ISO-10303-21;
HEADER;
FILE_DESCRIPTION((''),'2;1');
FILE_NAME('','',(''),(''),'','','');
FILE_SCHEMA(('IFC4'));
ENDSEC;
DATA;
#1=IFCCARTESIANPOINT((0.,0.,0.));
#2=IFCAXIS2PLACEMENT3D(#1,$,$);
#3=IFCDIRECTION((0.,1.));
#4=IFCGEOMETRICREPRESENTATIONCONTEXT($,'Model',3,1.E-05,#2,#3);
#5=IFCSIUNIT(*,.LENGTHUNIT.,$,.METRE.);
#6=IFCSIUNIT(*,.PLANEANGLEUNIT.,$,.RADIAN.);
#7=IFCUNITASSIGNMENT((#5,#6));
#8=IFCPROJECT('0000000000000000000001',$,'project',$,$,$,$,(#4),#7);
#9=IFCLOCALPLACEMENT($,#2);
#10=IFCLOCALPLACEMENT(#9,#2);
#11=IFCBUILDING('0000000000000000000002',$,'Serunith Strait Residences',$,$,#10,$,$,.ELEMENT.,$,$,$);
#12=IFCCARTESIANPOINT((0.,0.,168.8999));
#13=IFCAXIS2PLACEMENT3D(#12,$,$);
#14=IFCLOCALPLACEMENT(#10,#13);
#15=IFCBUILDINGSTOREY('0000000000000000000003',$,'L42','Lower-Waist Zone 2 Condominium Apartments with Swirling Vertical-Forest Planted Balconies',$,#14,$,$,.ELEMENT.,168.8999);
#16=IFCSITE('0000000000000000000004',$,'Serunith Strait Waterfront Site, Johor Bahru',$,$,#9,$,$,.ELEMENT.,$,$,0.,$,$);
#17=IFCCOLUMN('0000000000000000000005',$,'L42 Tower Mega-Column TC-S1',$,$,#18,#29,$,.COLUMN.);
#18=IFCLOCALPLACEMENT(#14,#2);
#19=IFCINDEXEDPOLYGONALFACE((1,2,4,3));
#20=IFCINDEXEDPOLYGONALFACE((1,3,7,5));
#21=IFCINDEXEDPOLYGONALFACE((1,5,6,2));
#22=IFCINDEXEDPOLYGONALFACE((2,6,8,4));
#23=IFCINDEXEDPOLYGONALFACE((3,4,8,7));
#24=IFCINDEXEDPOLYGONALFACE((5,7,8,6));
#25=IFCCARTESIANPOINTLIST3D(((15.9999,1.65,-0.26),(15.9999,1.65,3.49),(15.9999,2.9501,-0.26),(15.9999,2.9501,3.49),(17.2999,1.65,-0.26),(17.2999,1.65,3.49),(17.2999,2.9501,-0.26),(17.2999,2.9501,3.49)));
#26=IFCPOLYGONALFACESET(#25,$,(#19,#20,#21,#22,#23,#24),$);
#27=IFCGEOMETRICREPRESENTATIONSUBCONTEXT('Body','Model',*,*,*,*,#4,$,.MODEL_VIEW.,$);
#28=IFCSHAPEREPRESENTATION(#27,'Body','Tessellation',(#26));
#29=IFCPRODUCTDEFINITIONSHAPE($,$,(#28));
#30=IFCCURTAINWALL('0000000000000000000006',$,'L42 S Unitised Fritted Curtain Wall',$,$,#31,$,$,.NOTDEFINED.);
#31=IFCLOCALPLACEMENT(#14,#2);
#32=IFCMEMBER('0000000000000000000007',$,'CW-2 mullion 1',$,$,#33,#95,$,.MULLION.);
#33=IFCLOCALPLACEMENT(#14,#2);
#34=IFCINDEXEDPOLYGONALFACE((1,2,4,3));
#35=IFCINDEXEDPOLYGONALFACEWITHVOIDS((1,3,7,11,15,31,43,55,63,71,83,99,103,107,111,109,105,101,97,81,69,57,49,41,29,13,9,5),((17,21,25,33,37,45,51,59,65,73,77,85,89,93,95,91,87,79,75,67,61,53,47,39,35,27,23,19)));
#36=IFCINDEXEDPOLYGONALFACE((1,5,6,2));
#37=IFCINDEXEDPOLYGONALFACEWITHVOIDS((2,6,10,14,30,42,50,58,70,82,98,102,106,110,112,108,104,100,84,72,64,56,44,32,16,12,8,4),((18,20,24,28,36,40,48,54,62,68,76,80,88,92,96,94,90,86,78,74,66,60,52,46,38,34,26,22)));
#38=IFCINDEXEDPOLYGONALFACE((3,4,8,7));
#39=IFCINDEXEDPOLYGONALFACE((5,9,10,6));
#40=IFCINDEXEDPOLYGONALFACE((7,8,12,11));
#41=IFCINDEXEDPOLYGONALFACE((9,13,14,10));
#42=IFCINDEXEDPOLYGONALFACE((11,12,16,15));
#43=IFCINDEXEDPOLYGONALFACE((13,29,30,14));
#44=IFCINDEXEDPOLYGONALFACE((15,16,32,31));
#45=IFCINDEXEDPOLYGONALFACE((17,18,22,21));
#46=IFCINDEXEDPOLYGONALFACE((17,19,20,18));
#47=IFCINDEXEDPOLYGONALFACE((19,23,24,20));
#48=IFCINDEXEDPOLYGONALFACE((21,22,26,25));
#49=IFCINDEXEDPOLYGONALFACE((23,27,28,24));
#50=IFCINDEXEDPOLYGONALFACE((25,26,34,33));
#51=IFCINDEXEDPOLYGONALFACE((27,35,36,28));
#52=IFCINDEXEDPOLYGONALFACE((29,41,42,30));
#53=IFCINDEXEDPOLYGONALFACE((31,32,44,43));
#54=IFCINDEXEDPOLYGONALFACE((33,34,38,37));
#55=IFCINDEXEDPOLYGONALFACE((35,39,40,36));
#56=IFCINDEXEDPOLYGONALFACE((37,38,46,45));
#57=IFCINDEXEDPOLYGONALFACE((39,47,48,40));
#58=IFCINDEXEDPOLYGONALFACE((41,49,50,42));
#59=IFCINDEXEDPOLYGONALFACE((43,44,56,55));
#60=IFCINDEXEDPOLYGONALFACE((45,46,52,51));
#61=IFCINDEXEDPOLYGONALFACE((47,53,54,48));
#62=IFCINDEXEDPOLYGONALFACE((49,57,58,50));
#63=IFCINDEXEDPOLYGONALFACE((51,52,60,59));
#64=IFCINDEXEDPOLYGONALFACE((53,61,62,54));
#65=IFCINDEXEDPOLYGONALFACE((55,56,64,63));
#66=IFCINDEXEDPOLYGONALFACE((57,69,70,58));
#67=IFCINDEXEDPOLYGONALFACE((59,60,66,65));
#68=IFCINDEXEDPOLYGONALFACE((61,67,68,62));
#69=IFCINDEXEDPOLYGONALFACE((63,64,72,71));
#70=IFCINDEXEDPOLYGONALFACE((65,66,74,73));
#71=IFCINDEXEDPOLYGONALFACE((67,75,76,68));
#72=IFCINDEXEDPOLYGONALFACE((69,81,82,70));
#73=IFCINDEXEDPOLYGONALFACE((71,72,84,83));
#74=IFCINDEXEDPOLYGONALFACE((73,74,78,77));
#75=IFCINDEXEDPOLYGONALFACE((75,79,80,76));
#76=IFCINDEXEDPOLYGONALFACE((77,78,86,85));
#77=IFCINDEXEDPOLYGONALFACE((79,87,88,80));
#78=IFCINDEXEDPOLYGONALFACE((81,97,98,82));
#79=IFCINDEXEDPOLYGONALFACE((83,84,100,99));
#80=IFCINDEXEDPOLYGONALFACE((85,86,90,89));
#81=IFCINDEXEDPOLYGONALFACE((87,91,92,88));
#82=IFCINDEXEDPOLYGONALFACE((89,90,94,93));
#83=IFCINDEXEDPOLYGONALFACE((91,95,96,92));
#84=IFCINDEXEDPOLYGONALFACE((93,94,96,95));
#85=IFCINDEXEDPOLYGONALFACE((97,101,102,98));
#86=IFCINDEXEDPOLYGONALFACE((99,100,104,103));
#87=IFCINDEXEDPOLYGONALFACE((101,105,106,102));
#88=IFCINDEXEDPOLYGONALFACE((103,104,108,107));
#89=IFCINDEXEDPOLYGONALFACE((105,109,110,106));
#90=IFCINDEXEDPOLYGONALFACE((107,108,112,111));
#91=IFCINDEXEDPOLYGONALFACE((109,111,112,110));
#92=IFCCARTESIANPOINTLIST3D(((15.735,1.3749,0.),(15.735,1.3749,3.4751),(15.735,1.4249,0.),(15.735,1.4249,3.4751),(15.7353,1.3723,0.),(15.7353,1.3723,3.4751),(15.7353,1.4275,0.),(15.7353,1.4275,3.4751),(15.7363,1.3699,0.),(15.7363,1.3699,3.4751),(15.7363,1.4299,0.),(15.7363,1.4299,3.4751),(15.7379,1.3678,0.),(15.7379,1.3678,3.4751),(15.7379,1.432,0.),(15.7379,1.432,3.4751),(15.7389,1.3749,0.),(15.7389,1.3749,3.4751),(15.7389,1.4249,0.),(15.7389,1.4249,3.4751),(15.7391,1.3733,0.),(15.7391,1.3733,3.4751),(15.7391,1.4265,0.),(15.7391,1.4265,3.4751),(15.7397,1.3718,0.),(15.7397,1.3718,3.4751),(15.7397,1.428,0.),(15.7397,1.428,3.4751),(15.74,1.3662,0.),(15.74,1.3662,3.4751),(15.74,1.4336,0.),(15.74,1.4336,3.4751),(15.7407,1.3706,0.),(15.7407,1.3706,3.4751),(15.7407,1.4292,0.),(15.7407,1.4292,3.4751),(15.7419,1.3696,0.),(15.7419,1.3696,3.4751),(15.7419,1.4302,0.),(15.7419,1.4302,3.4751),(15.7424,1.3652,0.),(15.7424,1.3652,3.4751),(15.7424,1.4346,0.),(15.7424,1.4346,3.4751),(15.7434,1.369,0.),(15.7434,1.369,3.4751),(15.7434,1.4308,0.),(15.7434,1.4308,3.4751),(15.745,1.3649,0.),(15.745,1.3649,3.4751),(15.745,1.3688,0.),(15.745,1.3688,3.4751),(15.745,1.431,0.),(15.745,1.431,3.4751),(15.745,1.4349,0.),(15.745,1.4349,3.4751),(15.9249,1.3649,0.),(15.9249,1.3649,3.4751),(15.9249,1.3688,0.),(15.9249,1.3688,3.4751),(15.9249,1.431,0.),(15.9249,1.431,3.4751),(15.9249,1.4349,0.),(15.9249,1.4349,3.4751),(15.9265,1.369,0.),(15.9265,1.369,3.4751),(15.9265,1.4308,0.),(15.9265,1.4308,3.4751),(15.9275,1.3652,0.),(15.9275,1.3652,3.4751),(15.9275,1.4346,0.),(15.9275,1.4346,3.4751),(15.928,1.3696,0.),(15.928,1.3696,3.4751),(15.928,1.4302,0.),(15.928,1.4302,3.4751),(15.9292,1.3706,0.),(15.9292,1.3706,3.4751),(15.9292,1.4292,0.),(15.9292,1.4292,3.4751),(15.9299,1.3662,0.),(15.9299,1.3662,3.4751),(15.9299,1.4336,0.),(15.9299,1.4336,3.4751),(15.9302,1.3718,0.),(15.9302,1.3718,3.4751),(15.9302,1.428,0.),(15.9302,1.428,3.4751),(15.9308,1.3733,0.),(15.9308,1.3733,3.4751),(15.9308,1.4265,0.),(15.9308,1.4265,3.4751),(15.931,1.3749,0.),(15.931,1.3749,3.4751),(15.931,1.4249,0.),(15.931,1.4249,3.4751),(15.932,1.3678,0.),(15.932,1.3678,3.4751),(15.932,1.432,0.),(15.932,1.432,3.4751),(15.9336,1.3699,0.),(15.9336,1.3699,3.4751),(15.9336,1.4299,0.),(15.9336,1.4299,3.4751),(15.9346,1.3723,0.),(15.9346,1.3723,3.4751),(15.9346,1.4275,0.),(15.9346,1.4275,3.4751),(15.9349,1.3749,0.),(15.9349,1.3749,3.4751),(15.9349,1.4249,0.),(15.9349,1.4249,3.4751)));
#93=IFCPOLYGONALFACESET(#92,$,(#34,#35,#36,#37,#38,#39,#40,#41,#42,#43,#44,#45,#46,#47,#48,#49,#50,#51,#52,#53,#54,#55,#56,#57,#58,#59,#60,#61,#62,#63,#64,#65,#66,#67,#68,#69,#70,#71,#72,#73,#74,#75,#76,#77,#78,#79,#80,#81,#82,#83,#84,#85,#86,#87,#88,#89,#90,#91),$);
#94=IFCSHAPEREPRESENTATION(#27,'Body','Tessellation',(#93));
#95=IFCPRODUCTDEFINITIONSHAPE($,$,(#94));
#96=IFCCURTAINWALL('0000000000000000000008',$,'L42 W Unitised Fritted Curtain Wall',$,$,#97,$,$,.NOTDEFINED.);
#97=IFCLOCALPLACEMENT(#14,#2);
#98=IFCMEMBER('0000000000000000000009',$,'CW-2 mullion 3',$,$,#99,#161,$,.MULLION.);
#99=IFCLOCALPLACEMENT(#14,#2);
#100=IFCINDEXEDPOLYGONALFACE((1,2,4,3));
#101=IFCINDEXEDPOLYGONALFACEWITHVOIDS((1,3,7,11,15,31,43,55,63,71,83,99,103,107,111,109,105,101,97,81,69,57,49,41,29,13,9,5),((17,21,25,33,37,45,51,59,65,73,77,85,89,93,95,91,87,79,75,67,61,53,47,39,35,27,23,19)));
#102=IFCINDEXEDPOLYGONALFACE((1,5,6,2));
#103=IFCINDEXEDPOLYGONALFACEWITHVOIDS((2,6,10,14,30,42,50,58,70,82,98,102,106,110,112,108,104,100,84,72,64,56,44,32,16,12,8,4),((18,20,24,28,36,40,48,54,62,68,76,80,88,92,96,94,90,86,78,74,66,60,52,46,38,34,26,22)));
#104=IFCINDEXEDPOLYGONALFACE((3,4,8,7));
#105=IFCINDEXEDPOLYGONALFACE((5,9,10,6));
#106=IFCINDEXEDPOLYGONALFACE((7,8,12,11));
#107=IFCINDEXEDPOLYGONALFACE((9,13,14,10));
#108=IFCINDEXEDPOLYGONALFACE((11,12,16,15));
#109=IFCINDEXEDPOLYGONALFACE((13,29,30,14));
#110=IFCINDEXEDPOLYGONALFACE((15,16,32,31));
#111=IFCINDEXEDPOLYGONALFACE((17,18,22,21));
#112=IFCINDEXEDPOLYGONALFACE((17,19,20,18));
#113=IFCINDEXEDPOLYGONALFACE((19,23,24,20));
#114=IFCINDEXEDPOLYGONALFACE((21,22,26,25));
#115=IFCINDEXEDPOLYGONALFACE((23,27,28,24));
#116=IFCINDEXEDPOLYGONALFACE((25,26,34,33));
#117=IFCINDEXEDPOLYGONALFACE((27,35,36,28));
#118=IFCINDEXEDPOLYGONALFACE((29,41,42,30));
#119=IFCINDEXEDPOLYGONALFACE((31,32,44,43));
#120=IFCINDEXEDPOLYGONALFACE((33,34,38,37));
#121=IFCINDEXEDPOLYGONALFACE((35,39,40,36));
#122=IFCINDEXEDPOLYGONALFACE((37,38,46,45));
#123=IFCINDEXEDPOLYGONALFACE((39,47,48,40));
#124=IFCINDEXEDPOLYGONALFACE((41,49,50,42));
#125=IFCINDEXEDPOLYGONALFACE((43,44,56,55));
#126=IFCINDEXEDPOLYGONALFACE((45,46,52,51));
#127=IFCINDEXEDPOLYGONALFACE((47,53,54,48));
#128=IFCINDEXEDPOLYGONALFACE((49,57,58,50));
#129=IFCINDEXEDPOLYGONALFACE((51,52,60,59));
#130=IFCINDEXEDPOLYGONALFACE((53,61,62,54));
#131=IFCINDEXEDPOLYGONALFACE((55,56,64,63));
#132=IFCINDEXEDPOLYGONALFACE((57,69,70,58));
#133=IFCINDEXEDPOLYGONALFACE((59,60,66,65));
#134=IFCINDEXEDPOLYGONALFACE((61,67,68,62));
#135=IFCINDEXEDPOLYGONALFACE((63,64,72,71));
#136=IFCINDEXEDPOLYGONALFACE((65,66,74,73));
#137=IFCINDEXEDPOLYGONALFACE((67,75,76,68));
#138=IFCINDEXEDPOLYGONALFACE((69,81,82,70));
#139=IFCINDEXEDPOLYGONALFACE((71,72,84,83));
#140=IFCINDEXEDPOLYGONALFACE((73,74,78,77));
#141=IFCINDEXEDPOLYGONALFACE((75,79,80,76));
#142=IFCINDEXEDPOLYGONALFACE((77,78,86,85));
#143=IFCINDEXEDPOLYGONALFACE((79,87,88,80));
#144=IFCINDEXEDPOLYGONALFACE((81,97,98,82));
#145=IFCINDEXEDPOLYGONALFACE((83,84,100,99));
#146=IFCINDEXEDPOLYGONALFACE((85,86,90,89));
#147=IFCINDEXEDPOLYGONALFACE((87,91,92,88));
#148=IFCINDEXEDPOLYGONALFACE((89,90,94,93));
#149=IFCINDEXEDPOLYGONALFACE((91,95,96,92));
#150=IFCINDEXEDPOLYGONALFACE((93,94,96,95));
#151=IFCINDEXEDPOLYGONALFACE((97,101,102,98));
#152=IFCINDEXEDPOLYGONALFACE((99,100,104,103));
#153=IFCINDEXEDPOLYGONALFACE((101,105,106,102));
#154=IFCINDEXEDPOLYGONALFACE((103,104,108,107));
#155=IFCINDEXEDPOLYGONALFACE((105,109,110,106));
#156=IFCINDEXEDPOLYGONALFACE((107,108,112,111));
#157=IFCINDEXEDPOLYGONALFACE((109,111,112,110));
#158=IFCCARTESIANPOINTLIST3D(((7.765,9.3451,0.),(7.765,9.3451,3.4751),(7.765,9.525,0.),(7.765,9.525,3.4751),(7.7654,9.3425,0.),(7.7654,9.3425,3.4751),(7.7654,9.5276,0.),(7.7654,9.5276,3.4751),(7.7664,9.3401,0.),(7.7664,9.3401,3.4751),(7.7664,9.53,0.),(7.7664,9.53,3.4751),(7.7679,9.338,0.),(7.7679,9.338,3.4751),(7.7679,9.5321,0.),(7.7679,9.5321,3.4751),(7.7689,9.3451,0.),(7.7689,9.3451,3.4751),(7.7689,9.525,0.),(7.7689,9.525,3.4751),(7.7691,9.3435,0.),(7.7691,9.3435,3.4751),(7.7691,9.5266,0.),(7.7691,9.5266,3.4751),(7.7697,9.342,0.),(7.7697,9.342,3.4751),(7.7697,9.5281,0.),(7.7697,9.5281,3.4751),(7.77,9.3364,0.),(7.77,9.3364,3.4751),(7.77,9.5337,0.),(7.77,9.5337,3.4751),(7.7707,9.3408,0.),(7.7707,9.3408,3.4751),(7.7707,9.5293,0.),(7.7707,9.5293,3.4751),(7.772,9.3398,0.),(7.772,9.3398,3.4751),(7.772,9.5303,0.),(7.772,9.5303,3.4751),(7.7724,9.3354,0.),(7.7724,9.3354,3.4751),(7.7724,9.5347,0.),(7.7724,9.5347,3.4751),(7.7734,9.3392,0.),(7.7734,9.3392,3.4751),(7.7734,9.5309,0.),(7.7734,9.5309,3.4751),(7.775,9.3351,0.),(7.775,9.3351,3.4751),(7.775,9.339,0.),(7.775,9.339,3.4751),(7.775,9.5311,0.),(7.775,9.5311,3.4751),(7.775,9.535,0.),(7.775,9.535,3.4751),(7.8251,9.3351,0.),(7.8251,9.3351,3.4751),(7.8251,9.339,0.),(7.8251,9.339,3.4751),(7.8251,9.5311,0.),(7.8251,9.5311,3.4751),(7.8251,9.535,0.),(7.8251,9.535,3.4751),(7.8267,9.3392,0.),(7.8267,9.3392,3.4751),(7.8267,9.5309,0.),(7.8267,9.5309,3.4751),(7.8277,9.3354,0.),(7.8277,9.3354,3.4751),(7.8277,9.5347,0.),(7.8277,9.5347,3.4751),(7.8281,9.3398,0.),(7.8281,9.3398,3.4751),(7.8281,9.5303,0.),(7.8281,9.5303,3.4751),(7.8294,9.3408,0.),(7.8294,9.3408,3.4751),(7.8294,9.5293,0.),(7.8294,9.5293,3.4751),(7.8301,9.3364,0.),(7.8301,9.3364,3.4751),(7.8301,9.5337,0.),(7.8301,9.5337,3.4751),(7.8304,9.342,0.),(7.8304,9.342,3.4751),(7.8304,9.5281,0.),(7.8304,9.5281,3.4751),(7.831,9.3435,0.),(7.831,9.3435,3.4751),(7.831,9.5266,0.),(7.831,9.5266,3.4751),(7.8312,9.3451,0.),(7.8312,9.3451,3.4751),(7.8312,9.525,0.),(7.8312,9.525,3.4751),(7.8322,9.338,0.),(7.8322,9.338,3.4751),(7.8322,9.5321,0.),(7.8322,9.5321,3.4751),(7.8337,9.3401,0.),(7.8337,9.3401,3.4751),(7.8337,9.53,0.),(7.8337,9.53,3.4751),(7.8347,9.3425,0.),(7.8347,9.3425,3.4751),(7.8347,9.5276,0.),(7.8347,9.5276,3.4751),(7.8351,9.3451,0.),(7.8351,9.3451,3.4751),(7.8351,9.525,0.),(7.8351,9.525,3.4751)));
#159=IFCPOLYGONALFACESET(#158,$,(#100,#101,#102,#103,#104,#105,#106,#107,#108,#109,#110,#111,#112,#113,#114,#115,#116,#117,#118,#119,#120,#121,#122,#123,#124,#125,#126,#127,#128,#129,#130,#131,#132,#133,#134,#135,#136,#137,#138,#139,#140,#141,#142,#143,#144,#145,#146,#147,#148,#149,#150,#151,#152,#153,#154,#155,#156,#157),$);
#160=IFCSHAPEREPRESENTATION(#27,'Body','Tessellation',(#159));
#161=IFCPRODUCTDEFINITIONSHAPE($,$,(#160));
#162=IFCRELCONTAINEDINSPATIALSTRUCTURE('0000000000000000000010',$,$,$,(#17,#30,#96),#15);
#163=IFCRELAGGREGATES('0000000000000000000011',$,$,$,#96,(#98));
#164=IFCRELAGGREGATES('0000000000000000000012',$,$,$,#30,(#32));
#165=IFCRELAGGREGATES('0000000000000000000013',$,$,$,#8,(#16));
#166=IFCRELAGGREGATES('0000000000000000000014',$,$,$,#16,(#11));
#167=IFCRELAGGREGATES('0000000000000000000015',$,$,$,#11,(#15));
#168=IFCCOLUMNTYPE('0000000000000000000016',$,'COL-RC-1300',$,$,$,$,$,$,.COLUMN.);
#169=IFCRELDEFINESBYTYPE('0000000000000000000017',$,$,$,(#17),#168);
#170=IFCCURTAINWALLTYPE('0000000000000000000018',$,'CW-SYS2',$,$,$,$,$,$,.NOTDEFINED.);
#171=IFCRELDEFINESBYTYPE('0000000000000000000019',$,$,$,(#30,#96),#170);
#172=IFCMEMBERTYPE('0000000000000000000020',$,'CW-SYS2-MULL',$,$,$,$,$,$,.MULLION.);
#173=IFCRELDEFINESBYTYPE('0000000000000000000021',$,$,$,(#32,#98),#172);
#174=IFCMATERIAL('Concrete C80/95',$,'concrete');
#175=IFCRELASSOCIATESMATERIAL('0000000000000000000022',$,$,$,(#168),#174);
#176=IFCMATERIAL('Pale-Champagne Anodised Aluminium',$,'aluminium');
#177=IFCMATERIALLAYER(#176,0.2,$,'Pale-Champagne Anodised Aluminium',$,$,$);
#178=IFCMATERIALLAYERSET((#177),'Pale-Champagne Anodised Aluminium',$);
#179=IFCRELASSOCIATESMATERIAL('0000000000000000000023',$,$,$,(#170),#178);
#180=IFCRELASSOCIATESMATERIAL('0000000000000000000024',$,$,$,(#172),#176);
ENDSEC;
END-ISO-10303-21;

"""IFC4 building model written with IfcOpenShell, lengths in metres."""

from ifc_helpers import new_model, si_unit, direction, frame, origin, origin_2d, place, context, subcontext, project, spatial, rectangle, hollow_rectangle, extrude, source, transform, mapped, material, layer, layer_set, material_profile, profile_set, type_object, element, aggregate, save


model = new_model("IFC4")

# Units and contexts
model_context = context("Model", 3, precision=1e-05, world=origin(), true_north=direction((0.0, 1.0)))
body_context = subcontext(model_context, "Body", "Model", "MODEL_VIEW")
ifc_project = project(units=[si_unit("LENGTHUNIT", "METRE"), si_unit("PLANEANGLEUNIT", "RADIAN")], contexts=[model_context])

# Site, building, storey
site_placement = place(None, origin())
site = spatial("IfcSite", under=ifc_project, at=site_placement, Name="Serunith Strait Waterfront Site, Johor Bahru", CompositionType="ELEMENT", RefElevation=0.0)
building_placement = place(site_placement, origin())
building = spatial("IfcBuilding", under=site, at=building_placement, Name="Serunith Strait Residences", CompositionType="ELEMENT")
storey_placement = place(building_placement, frame((0.0, 0.0, 168.8999)))
storey = spatial("IfcBuildingStorey", under=building, at=storey_placement, Name="L42", Description="Lower-Waist Zone 2 Condominium Apartments with Swirling Vertical-Forest Planted Balconies", CompositionType="ELEMENT", Elevation=168.8999)

# Column
ifc_material_1 = material(Name="Concrete C80/95", Category="concrete")
ifc_material_profile_1 = material_profile(ifc_material_1, rectangle(XDim=1.3, YDim=1.3, at=origin_2d()), Name="RC 1300x1300")
ifc_profile_set_1 = profile_set([ifc_material_profile_1], Name="Concrete C80/95")
column_type = type_object("IfcColumnType", Name="COL-RC-1300", PredefinedType="COLUMN", material=ifc_profile_set_1)
shared_shape_1 = source(origin(), body_context, "Body", "SweptSolid", [
    extrude(rectangle(XDim=1.3, YDim=1.3, at=origin_2d()), origin(), (0.0, 0.0, 1.0), 3.75),
])
column_placement = place(storey_placement, frame((16.6499, 2.3, -0.26), z_axis=(0.0, 0.0, 1.0), x_axis=(1.0, 0.0, 0.0)))
element("IfcColumn", 1, at=column_placement, inside=storey, type_object=column_type, Name="L42 Tower Mega-Column TC-S1", PredefinedType="COLUMN", context=body_context, shape_type="MappedRepresentation", body=[
    mapped(shared_shape_1, transform((0.0, 0.0, 0.0), scale=1.0)),
])

# Curtain walls, members
ifc_material_2 = material(Name="Pale-Champagne Anodised Aluminium", Category="aluminium")
ifc_layer_1 = layer(ifc_material_2, 0.2, Name="Pale-Champagne Anodised Aluminium")
ifc_layer_set_1 = layer_set([ifc_layer_1], Name="Pale-Champagne Anodised Aluminium")
curtain_wall_type = type_object("IfcCurtainWallType", Name="CW-SYS2", PredefinedType="NOTDEFINED", material=ifc_layer_set_1)
curtain_wall_1_placement = place(storey_placement, origin())
curtain_wall_1 = element("IfcCurtainWall", 2, at=curtain_wall_1_placement, inside=storey, type_object=curtain_wall_type, Name="L42 S Unitised Fritted Curtain Wall", PredefinedType="NOTDEFINED")
ifc_material_profile_2 = material_profile(ifc_material_2, hollow_rectangle(XDim=0.0701, YDim=0.2, WallThickness=0.0039, InnerFilletRadius=0.0061, OuterFilletRadius=0.01, at=origin_2d()), Name="ALU 200x70x4")
ifc_profile_set_2 = profile_set([ifc_material_profile_2], Name="Pale-Champagne Anodised Aluminium")
member_type_1 = type_object("IfcMemberType", Name="CW-SYS2-MULL", PredefinedType="MULLION", material=ifc_profile_set_2)
shared_shape_2 = source(origin(), body_context, "Body", "SweptSolid", [
    extrude(hollow_rectangle(XDim=0.0701, YDim=0.2, WallThickness=0.0039, InnerFilletRadius=0.0061, OuterFilletRadius=0.01, at=origin_2d()), origin(), (0.0, 0.0, 1.0), 3.4751),
])
member_1_placement = place(storey_placement, frame((15.835, 1.3999, 0.0), z_axis=(0.0, 0.0, 1.0), x_axis=(0.0, 1.0, 0.0)))
member_1 = element("IfcMember", 3, at=member_1_placement, type_object=member_type_1, Name="CW-2 mullion 1", PredefinedType="MULLION", context=body_context, shape_type="MappedRepresentation", body=[
    mapped(shared_shape_2, transform((0.0, 0.0, 0.0), scale=1.0)),
])
curtain_wall_2_placement = place(storey_placement, origin())
curtain_wall_2 = element("IfcCurtainWall", 4, at=curtain_wall_2_placement, inside=storey, type_object=curtain_wall_type, Name="L42 W Unitised Fritted Curtain Wall", PredefinedType="NOTDEFINED")
member_2_placement = place(storey_placement, frame((7.8, 9.4351, 0.0), z_axis=(0.0, 0.0, 1.0), x_axis=(1.0, 0.0, 0.0)))
member_2 = element("IfcMember", 5, at=member_2_placement, type_object=member_type_1, Name="CW-2 mullion 3", PredefinedType="MULLION", context=body_context, shape_type="MappedRepresentation", body=[
    mapped(shared_shape_2, transform((0.0, 0.0, 0.0), scale=1.0)),
])
aggregate(curtain_wall_2, [member_2])

aggregate(curtain_wall_1, [member_1])

save(model, "model.ifc")
